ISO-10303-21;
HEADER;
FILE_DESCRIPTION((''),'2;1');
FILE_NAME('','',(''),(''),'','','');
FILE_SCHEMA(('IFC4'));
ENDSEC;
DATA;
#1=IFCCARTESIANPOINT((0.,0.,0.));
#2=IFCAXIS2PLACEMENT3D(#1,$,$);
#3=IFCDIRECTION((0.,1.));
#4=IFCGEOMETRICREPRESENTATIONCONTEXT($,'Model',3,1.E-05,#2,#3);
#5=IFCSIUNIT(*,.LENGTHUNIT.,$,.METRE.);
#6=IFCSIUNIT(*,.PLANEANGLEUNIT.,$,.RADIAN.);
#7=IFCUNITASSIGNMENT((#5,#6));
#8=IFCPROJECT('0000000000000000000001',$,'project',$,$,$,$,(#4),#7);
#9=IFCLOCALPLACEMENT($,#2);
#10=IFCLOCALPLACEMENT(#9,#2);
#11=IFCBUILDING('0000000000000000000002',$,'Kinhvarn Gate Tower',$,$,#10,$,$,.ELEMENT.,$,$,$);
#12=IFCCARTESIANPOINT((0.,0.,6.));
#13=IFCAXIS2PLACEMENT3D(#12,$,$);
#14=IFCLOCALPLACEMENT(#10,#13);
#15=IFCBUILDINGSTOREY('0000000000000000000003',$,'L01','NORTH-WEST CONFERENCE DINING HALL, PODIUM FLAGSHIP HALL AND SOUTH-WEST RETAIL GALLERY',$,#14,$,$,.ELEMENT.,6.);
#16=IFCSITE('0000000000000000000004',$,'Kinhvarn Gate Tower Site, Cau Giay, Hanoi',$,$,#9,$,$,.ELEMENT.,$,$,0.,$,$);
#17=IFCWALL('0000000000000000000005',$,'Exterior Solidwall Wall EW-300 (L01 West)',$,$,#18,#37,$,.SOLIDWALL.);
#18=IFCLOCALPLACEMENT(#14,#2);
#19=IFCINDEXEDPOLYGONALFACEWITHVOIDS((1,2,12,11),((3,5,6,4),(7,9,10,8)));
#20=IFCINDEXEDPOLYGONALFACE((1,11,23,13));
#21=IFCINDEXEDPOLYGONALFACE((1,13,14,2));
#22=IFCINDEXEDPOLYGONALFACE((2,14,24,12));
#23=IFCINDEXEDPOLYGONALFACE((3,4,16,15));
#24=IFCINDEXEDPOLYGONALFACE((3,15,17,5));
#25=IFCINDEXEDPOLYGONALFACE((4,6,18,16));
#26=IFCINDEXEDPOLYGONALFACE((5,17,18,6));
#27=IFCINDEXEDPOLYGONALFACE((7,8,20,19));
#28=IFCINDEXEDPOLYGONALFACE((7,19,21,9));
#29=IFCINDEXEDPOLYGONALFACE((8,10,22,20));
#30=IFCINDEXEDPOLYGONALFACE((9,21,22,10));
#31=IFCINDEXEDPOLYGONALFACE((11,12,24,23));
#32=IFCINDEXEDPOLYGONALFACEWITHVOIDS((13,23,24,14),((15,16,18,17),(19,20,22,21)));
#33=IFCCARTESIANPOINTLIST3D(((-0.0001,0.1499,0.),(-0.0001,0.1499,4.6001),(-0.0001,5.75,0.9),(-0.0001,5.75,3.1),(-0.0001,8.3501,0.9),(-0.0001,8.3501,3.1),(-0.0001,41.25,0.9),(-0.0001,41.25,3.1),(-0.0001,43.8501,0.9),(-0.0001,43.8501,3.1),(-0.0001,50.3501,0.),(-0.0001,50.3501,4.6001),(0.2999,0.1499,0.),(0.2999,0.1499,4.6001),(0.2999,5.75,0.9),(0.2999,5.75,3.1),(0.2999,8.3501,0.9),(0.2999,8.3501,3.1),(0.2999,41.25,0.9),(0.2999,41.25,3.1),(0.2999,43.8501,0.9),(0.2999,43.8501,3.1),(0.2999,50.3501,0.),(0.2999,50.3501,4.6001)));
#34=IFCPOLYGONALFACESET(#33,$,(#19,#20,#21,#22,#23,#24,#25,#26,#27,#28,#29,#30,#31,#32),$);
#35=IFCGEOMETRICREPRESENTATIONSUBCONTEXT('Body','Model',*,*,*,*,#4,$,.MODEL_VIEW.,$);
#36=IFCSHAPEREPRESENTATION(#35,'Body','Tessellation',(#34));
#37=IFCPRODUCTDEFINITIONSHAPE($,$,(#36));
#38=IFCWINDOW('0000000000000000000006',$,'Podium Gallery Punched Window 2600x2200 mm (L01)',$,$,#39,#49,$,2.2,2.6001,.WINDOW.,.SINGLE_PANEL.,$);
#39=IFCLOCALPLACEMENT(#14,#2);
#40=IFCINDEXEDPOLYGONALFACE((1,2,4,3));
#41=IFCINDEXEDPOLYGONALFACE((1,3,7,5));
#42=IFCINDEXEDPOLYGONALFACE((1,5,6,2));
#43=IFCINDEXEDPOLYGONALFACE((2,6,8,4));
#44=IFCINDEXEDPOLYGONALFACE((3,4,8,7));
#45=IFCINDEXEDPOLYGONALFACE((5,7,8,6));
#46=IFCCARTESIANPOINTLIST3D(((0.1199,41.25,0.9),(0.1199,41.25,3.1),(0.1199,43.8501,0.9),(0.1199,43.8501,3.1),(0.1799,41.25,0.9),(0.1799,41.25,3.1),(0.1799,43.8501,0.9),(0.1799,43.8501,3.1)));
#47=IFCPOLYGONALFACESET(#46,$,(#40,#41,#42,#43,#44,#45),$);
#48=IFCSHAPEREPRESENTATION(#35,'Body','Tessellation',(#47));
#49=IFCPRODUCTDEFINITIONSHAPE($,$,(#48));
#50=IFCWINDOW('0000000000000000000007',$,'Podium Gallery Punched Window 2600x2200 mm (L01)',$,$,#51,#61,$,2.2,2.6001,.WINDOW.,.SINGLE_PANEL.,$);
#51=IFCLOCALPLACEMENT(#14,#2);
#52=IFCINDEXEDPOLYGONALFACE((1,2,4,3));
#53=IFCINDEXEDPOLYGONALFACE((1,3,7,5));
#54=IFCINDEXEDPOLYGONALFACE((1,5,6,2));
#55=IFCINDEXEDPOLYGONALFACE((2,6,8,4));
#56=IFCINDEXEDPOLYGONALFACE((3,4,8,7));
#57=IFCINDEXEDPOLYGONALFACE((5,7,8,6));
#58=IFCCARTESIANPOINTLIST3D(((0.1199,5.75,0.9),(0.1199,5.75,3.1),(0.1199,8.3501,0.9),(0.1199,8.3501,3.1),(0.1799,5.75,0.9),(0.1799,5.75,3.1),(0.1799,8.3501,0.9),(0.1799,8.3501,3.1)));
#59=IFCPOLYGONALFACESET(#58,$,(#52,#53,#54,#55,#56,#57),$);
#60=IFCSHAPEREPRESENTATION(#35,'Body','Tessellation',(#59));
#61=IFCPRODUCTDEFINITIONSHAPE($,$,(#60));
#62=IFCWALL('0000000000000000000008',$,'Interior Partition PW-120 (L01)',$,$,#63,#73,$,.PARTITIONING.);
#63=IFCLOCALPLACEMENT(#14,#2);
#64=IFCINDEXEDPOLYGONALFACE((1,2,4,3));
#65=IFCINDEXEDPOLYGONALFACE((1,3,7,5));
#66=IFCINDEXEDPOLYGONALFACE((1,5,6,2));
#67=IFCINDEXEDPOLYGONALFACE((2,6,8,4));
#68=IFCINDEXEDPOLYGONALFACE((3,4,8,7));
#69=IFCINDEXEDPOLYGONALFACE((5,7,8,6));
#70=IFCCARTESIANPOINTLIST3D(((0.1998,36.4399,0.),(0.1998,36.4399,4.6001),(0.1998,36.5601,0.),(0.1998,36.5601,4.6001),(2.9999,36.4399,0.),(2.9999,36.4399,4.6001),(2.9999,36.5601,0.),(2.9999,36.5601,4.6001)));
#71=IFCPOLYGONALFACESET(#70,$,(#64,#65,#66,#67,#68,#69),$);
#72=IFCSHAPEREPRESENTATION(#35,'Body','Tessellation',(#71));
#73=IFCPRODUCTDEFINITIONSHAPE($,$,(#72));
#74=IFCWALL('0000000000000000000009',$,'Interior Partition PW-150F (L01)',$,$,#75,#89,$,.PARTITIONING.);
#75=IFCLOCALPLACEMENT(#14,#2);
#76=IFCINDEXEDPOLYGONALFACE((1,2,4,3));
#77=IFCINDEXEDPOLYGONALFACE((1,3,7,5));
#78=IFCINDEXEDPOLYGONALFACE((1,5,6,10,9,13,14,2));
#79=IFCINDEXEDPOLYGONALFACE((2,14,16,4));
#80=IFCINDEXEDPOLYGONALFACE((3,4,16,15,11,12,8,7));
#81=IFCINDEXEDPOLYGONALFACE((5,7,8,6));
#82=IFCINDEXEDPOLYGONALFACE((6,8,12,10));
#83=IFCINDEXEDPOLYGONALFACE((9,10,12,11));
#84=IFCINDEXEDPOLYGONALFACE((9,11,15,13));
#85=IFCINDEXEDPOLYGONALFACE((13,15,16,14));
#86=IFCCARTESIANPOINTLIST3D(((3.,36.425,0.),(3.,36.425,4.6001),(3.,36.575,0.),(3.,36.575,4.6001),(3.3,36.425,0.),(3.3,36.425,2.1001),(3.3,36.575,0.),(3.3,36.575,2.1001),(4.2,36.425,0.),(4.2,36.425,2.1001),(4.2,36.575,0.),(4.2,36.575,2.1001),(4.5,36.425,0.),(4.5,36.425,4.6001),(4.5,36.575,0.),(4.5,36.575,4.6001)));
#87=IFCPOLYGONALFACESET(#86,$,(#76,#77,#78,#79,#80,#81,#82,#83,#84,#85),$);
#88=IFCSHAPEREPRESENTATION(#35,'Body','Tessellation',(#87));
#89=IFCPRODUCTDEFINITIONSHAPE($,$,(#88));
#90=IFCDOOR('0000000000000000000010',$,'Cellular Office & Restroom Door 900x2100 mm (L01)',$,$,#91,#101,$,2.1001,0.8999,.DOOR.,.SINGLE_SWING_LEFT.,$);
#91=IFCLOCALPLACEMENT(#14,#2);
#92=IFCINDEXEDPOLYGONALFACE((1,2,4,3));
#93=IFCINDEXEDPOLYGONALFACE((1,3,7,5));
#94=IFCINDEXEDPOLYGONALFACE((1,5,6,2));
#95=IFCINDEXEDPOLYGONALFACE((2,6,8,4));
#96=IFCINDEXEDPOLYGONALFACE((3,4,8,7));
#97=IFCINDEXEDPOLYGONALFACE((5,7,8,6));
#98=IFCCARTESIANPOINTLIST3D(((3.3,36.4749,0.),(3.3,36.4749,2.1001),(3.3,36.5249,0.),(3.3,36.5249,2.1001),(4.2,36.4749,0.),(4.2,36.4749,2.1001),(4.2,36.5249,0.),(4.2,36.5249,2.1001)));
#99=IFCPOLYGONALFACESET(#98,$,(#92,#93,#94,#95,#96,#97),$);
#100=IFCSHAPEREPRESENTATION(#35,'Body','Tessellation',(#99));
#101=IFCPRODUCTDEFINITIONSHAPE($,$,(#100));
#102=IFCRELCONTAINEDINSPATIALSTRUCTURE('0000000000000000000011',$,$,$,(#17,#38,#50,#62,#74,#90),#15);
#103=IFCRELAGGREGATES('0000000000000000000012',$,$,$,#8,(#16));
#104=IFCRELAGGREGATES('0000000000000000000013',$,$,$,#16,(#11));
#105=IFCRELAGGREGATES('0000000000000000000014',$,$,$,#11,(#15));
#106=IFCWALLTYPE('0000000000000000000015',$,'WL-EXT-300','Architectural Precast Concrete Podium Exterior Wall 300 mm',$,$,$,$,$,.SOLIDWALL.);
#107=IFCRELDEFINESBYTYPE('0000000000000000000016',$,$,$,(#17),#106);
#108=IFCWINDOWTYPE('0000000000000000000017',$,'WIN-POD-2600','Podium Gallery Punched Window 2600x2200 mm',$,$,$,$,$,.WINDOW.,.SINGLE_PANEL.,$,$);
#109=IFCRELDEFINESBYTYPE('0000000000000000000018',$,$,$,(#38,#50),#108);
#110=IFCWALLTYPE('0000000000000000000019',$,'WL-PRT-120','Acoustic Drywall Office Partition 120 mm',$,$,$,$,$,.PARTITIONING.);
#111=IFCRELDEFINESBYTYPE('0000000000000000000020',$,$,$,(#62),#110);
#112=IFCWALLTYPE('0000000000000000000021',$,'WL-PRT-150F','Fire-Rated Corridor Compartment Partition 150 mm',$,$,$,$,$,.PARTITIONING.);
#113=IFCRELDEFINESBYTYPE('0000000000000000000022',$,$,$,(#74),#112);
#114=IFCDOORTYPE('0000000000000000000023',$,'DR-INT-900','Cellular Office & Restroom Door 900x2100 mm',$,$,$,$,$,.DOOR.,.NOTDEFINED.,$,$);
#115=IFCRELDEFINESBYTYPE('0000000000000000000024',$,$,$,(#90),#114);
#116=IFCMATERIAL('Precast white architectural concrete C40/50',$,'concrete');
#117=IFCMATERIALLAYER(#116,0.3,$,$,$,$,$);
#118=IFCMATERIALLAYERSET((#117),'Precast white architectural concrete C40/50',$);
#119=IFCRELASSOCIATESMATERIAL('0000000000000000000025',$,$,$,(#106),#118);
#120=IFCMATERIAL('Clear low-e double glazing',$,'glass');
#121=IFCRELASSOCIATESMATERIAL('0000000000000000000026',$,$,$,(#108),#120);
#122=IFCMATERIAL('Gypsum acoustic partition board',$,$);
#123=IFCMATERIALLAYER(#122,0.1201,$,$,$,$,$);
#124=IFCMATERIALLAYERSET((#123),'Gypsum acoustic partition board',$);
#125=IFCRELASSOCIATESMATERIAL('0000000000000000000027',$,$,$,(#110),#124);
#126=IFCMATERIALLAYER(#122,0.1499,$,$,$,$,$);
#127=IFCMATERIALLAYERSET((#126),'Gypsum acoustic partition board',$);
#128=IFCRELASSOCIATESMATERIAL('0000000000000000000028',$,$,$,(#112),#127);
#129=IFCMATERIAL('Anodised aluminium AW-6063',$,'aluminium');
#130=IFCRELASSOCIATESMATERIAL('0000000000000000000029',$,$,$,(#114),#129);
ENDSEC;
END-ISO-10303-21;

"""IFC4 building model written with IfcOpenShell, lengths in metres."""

from ifc_helpers import new_model, si_unit, direction, frame, frame_2d, origin, place, context, subcontext, project, spatial, rectangle, extrude, material, layer, layer_set, type_object, element, fill, save


model = new_model("IFC4")

# Units and contexts
model_context = context("Model", 3, precision=1e-05, world=origin(), true_north=direction((0.0, 1.0)))
body_context = subcontext(model_context, "Body", "Model", "MODEL_VIEW")
ifc_project = project(units=[si_unit("LENGTHUNIT", "METRE"), si_unit("PLANEANGLEUNIT", "RADIAN")], contexts=[model_context])

# Site, building, storey
site_placement = place(None, origin())
site = spatial("IfcSite", under=ifc_project, at=site_placement, Name="Kinhvarn Gate Tower Site, Cau Giay, Hanoi", CompositionType="ELEMENT", RefElevation=0.0)
building_placement = place(site_placement, origin())
building = spatial("IfcBuilding", under=site, at=building_placement, Name="Kinhvarn Gate Tower", CompositionType="ELEMENT")
storey_placement = place(building_placement, frame((0.0, 0.0, 6.0)))
storey = spatial("IfcBuildingStorey", under=building, at=storey_placement, Name="L01", Description="NORTH-WEST CONFERENCE DINING HALL, PODIUM FLAGSHIP HALL AND SOUTH-WEST RETAIL GALLERY", CompositionType="ELEMENT", Elevation=6.0)

# Shared definitions
ifc_material_1 = material(Name="Anodised aluminium AW-6063", Category="aluminium")

# Shared definitions
ifc_material_2 = material(Name="Clear low-e double glazing", Category="glass")

# Wall, openings, windows
ifc_material_3 = material(Name="Precast white architectural concrete C40/50", Category="concrete")
ifc_layer_1 = layer(ifc_material_3, 0.3)
ifc_layer_set_1 = layer_set([ifc_layer_1], Name="Precast white architectural concrete C40/50")
wall_type_1 = type_object("IfcWallType", Name="WL-EXT-300", Description="Architectural Precast Concrete Podium Exterior Wall 300 mm", PredefinedType="SOLIDWALL", material=ifc_layer_set_1)
wall_1_placement = place(storey_placement, frame((0.1499, 50.3501, 0.0), z_axis=(0.0, 0.0, 1.0), x_axis=(0.0, -1.0, 0.0)))
wall_1 = element("IfcWall", 1, at=wall_1_placement, inside=storey, type_object=wall_type_1, Name="Exterior Solidwall Wall EW-300 (L01 West)", PredefinedType="SOLIDWALL", context=body_context, shape_type="SweptSolid", body=[
    extrude(rectangle(XDim=50.2002, YDim=0.3, at=frame_2d((25.1001, 0.0))), origin(), (0.0, 0.0, 1.0), 4.6001),
])
opening_1_placement = place(wall_1_placement, frame((6.5, 0.0, 0.8999)))
opening_1 = element("IfcOpeningElement", 2, at=opening_1_placement, cuts=wall_1, PredefinedType="OPENING", context=body_context, shape_type="SweptSolid", body=[
    extrude(rectangle(XDim=2.6001, YDim=2.2, at=frame_2d((1.3, 1.1001))), frame((0.0, 0.1602, 0.0), z_axis=(0.0, -1.0, 0.0), x_axis=(1.0, 0.0, 0.0)), (0.0, 0.0, 1.0), 0.3201),
])
opening_2_placement = place(wall_1_placement, frame((42.0, 0.0, 0.8999)))
opening_2 = element("IfcOpeningElement", 3, at=opening_2_placement, cuts=wall_1, PredefinedType="OPENING", context=body_context, shape_type="SweptSolid", body=[
    extrude(rectangle(XDim=2.6001, YDim=2.2, at=frame_2d((1.3, 1.1001))), frame((0.0, 0.1602, 0.0), z_axis=(0.0, -1.0, 0.0), x_axis=(1.0, 0.0, 0.0)), (0.0, 0.0, 1.0), 0.3201),
])
window_type = type_object("IfcWindowType", Name="WIN-POD-2600", Description="Podium Gallery Punched Window 2600x2200 mm", PartitioningType="SINGLE_PANEL", PredefinedType="WINDOW", material=ifc_material_2)
window_1_placement = place(opening_1_placement, origin())
window_1 = element("IfcWindow", 4, at=window_1_placement, inside=storey, type_object=window_type, Name="Podium Gallery Punched Window 2600x2200 mm (L01)", OverallHeight=2.2, OverallWidth=2.6001, PartitioningType="SINGLE_PANEL", PredefinedType="WINDOW", context=body_context, shape_type="SweptSolid", body=[
    extrude(rectangle(XDim=2.6001, YDim=2.2, at=frame_2d((1.3, 1.1001))), frame((0.0, 0.03, 0.0), z_axis=(0.0, -1.0, 0.0), x_axis=(1.0, 0.0, 0.0)), (0.0, 0.0, 1.0), 0.0601),
])
fill(opening_1, window_1)
window_2_placement = place(opening_2_placement, origin())
window_2 = element("IfcWindow", 5, at=window_2_placement, inside=storey, type_object=window_type, Name="Podium Gallery Punched Window 2600x2200 mm (L01)", OverallHeight=2.2, OverallWidth=2.6001, PartitioningType="SINGLE_PANEL", PredefinedType="WINDOW", context=body_context, shape_type="SweptSolid", body=[
    extrude(rectangle(XDim=2.6001, YDim=2.2, at=frame_2d((1.3, 1.1001))), frame((0.0, 0.03, 0.0), z_axis=(0.0, -1.0, 0.0), x_axis=(1.0, 0.0, 0.0)), (0.0, 0.0, 1.0), 0.0601),
])
fill(opening_2, window_2)

# Wall
ifc_material_4 = material(Name="Gypsum acoustic partition board")
ifc_layer_2 = layer(ifc_material_4, 0.1201)
ifc_layer_set_2 = layer_set([ifc_layer_2], Name="Gypsum acoustic partition board")
wall_type_2 = type_object("IfcWallType", Name="WL-PRT-120", Description="Acoustic Drywall Office Partition 120 mm", PredefinedType="PARTITIONING", material=ifc_layer_set_2)
wall_2_placement = place(storey_placement, frame((0.2, 36.5, 0.0), z_axis=(0.0, 0.0, 1.0), x_axis=(1.0, 0.0, 0.0)))
element("IfcWall", 6, at=wall_2_placement, inside=storey, type_object=wall_type_2, Name="Interior Partition PW-120 (L01)", PredefinedType="PARTITIONING", context=body_context, shape_type="SweptSolid", body=[
    extrude(rectangle(XDim=2.8, YDim=0.1201, at=frame_2d((1.3999, 0.0))), origin(), (0.0, 0.0, 1.0), 4.6001),
])

# Wall, opening, door
ifc_layer_3 = layer(ifc_material_4, 0.1499)
ifc_layer_set_3 = layer_set([ifc_layer_3], Name="Gypsum acoustic partition board")
wall_type_3 = type_object("IfcWallType", Name="WL-PRT-150F", Description="Fire-Rated Corridor Compartment Partition 150 mm", PredefinedType="PARTITIONING", material=ifc_layer_set_3)
wall_3_placement = place(storey_placement, frame((3.0, 36.5, 0.0), z_axis=(0.0, 0.0, 1.0), x_axis=(1.0, 0.0, 0.0)))
wall_3 = element("IfcWall", 7, at=wall_3_placement, inside=storey, type_object=wall_type_3, Name="Interior Partition PW-150F (L01)", PredefinedType="PARTITIONING", context=body_context, shape_type="SweptSolid", body=[
    extrude(rectangle(XDim=1.5, YDim=0.1499, at=frame_2d((0.75, 0.0))), origin(), (0.0, 0.0, 1.0), 4.6001),
])
opening_3_placement = place(wall_3_placement, frame((0.3, 0.0, 0.0)))
opening_3 = element("IfcOpeningElement", 8, at=opening_3_placement, cuts=wall_3, PredefinedType="OPENING", context=body_context, shape_type="SweptSolid", body=[
    extrude(rectangle(XDim=0.8999, YDim=2.1001, at=frame_2d((0.45, 1.05))), frame((0.0, 0.085, 0.0), z_axis=(0.0, -1.0, 0.0), x_axis=(1.0, 0.0, 0.0)), (0.0, 0.0, 1.0), 0.1699),
])
door_type = type_object("IfcDoorType", Name="DR-INT-900", Description="Cellular Office & Restroom Door 900x2100 mm", OperationType="NOTDEFINED", PredefinedType="DOOR", material=ifc_material_1)
door_placement = place(opening_3_placement, origin())
door = element("IfcDoor", 9, at=door_placement, inside=storey, type_object=door_type, Name="Cellular Office & Restroom Door 900x2100 mm (L01)", OperationType="SINGLE_SWING_LEFT", OverallHeight=2.1001, OverallWidth=0.8999, PredefinedType="DOOR", context=body_context, shape_type="SweptSolid", body=[
    extrude(rectangle(XDim=0.8999, YDim=2.1001, at=frame_2d((0.45, 1.05))), frame((0.0, 0.0249, 0.0), z_axis=(0.0, -1.0, 0.0), x_axis=(1.0, 0.0, 0.0)), (0.0, 0.0, 1.0), 0.05),
])
fill(opening_3, door)

save(model, "model.ifc")
